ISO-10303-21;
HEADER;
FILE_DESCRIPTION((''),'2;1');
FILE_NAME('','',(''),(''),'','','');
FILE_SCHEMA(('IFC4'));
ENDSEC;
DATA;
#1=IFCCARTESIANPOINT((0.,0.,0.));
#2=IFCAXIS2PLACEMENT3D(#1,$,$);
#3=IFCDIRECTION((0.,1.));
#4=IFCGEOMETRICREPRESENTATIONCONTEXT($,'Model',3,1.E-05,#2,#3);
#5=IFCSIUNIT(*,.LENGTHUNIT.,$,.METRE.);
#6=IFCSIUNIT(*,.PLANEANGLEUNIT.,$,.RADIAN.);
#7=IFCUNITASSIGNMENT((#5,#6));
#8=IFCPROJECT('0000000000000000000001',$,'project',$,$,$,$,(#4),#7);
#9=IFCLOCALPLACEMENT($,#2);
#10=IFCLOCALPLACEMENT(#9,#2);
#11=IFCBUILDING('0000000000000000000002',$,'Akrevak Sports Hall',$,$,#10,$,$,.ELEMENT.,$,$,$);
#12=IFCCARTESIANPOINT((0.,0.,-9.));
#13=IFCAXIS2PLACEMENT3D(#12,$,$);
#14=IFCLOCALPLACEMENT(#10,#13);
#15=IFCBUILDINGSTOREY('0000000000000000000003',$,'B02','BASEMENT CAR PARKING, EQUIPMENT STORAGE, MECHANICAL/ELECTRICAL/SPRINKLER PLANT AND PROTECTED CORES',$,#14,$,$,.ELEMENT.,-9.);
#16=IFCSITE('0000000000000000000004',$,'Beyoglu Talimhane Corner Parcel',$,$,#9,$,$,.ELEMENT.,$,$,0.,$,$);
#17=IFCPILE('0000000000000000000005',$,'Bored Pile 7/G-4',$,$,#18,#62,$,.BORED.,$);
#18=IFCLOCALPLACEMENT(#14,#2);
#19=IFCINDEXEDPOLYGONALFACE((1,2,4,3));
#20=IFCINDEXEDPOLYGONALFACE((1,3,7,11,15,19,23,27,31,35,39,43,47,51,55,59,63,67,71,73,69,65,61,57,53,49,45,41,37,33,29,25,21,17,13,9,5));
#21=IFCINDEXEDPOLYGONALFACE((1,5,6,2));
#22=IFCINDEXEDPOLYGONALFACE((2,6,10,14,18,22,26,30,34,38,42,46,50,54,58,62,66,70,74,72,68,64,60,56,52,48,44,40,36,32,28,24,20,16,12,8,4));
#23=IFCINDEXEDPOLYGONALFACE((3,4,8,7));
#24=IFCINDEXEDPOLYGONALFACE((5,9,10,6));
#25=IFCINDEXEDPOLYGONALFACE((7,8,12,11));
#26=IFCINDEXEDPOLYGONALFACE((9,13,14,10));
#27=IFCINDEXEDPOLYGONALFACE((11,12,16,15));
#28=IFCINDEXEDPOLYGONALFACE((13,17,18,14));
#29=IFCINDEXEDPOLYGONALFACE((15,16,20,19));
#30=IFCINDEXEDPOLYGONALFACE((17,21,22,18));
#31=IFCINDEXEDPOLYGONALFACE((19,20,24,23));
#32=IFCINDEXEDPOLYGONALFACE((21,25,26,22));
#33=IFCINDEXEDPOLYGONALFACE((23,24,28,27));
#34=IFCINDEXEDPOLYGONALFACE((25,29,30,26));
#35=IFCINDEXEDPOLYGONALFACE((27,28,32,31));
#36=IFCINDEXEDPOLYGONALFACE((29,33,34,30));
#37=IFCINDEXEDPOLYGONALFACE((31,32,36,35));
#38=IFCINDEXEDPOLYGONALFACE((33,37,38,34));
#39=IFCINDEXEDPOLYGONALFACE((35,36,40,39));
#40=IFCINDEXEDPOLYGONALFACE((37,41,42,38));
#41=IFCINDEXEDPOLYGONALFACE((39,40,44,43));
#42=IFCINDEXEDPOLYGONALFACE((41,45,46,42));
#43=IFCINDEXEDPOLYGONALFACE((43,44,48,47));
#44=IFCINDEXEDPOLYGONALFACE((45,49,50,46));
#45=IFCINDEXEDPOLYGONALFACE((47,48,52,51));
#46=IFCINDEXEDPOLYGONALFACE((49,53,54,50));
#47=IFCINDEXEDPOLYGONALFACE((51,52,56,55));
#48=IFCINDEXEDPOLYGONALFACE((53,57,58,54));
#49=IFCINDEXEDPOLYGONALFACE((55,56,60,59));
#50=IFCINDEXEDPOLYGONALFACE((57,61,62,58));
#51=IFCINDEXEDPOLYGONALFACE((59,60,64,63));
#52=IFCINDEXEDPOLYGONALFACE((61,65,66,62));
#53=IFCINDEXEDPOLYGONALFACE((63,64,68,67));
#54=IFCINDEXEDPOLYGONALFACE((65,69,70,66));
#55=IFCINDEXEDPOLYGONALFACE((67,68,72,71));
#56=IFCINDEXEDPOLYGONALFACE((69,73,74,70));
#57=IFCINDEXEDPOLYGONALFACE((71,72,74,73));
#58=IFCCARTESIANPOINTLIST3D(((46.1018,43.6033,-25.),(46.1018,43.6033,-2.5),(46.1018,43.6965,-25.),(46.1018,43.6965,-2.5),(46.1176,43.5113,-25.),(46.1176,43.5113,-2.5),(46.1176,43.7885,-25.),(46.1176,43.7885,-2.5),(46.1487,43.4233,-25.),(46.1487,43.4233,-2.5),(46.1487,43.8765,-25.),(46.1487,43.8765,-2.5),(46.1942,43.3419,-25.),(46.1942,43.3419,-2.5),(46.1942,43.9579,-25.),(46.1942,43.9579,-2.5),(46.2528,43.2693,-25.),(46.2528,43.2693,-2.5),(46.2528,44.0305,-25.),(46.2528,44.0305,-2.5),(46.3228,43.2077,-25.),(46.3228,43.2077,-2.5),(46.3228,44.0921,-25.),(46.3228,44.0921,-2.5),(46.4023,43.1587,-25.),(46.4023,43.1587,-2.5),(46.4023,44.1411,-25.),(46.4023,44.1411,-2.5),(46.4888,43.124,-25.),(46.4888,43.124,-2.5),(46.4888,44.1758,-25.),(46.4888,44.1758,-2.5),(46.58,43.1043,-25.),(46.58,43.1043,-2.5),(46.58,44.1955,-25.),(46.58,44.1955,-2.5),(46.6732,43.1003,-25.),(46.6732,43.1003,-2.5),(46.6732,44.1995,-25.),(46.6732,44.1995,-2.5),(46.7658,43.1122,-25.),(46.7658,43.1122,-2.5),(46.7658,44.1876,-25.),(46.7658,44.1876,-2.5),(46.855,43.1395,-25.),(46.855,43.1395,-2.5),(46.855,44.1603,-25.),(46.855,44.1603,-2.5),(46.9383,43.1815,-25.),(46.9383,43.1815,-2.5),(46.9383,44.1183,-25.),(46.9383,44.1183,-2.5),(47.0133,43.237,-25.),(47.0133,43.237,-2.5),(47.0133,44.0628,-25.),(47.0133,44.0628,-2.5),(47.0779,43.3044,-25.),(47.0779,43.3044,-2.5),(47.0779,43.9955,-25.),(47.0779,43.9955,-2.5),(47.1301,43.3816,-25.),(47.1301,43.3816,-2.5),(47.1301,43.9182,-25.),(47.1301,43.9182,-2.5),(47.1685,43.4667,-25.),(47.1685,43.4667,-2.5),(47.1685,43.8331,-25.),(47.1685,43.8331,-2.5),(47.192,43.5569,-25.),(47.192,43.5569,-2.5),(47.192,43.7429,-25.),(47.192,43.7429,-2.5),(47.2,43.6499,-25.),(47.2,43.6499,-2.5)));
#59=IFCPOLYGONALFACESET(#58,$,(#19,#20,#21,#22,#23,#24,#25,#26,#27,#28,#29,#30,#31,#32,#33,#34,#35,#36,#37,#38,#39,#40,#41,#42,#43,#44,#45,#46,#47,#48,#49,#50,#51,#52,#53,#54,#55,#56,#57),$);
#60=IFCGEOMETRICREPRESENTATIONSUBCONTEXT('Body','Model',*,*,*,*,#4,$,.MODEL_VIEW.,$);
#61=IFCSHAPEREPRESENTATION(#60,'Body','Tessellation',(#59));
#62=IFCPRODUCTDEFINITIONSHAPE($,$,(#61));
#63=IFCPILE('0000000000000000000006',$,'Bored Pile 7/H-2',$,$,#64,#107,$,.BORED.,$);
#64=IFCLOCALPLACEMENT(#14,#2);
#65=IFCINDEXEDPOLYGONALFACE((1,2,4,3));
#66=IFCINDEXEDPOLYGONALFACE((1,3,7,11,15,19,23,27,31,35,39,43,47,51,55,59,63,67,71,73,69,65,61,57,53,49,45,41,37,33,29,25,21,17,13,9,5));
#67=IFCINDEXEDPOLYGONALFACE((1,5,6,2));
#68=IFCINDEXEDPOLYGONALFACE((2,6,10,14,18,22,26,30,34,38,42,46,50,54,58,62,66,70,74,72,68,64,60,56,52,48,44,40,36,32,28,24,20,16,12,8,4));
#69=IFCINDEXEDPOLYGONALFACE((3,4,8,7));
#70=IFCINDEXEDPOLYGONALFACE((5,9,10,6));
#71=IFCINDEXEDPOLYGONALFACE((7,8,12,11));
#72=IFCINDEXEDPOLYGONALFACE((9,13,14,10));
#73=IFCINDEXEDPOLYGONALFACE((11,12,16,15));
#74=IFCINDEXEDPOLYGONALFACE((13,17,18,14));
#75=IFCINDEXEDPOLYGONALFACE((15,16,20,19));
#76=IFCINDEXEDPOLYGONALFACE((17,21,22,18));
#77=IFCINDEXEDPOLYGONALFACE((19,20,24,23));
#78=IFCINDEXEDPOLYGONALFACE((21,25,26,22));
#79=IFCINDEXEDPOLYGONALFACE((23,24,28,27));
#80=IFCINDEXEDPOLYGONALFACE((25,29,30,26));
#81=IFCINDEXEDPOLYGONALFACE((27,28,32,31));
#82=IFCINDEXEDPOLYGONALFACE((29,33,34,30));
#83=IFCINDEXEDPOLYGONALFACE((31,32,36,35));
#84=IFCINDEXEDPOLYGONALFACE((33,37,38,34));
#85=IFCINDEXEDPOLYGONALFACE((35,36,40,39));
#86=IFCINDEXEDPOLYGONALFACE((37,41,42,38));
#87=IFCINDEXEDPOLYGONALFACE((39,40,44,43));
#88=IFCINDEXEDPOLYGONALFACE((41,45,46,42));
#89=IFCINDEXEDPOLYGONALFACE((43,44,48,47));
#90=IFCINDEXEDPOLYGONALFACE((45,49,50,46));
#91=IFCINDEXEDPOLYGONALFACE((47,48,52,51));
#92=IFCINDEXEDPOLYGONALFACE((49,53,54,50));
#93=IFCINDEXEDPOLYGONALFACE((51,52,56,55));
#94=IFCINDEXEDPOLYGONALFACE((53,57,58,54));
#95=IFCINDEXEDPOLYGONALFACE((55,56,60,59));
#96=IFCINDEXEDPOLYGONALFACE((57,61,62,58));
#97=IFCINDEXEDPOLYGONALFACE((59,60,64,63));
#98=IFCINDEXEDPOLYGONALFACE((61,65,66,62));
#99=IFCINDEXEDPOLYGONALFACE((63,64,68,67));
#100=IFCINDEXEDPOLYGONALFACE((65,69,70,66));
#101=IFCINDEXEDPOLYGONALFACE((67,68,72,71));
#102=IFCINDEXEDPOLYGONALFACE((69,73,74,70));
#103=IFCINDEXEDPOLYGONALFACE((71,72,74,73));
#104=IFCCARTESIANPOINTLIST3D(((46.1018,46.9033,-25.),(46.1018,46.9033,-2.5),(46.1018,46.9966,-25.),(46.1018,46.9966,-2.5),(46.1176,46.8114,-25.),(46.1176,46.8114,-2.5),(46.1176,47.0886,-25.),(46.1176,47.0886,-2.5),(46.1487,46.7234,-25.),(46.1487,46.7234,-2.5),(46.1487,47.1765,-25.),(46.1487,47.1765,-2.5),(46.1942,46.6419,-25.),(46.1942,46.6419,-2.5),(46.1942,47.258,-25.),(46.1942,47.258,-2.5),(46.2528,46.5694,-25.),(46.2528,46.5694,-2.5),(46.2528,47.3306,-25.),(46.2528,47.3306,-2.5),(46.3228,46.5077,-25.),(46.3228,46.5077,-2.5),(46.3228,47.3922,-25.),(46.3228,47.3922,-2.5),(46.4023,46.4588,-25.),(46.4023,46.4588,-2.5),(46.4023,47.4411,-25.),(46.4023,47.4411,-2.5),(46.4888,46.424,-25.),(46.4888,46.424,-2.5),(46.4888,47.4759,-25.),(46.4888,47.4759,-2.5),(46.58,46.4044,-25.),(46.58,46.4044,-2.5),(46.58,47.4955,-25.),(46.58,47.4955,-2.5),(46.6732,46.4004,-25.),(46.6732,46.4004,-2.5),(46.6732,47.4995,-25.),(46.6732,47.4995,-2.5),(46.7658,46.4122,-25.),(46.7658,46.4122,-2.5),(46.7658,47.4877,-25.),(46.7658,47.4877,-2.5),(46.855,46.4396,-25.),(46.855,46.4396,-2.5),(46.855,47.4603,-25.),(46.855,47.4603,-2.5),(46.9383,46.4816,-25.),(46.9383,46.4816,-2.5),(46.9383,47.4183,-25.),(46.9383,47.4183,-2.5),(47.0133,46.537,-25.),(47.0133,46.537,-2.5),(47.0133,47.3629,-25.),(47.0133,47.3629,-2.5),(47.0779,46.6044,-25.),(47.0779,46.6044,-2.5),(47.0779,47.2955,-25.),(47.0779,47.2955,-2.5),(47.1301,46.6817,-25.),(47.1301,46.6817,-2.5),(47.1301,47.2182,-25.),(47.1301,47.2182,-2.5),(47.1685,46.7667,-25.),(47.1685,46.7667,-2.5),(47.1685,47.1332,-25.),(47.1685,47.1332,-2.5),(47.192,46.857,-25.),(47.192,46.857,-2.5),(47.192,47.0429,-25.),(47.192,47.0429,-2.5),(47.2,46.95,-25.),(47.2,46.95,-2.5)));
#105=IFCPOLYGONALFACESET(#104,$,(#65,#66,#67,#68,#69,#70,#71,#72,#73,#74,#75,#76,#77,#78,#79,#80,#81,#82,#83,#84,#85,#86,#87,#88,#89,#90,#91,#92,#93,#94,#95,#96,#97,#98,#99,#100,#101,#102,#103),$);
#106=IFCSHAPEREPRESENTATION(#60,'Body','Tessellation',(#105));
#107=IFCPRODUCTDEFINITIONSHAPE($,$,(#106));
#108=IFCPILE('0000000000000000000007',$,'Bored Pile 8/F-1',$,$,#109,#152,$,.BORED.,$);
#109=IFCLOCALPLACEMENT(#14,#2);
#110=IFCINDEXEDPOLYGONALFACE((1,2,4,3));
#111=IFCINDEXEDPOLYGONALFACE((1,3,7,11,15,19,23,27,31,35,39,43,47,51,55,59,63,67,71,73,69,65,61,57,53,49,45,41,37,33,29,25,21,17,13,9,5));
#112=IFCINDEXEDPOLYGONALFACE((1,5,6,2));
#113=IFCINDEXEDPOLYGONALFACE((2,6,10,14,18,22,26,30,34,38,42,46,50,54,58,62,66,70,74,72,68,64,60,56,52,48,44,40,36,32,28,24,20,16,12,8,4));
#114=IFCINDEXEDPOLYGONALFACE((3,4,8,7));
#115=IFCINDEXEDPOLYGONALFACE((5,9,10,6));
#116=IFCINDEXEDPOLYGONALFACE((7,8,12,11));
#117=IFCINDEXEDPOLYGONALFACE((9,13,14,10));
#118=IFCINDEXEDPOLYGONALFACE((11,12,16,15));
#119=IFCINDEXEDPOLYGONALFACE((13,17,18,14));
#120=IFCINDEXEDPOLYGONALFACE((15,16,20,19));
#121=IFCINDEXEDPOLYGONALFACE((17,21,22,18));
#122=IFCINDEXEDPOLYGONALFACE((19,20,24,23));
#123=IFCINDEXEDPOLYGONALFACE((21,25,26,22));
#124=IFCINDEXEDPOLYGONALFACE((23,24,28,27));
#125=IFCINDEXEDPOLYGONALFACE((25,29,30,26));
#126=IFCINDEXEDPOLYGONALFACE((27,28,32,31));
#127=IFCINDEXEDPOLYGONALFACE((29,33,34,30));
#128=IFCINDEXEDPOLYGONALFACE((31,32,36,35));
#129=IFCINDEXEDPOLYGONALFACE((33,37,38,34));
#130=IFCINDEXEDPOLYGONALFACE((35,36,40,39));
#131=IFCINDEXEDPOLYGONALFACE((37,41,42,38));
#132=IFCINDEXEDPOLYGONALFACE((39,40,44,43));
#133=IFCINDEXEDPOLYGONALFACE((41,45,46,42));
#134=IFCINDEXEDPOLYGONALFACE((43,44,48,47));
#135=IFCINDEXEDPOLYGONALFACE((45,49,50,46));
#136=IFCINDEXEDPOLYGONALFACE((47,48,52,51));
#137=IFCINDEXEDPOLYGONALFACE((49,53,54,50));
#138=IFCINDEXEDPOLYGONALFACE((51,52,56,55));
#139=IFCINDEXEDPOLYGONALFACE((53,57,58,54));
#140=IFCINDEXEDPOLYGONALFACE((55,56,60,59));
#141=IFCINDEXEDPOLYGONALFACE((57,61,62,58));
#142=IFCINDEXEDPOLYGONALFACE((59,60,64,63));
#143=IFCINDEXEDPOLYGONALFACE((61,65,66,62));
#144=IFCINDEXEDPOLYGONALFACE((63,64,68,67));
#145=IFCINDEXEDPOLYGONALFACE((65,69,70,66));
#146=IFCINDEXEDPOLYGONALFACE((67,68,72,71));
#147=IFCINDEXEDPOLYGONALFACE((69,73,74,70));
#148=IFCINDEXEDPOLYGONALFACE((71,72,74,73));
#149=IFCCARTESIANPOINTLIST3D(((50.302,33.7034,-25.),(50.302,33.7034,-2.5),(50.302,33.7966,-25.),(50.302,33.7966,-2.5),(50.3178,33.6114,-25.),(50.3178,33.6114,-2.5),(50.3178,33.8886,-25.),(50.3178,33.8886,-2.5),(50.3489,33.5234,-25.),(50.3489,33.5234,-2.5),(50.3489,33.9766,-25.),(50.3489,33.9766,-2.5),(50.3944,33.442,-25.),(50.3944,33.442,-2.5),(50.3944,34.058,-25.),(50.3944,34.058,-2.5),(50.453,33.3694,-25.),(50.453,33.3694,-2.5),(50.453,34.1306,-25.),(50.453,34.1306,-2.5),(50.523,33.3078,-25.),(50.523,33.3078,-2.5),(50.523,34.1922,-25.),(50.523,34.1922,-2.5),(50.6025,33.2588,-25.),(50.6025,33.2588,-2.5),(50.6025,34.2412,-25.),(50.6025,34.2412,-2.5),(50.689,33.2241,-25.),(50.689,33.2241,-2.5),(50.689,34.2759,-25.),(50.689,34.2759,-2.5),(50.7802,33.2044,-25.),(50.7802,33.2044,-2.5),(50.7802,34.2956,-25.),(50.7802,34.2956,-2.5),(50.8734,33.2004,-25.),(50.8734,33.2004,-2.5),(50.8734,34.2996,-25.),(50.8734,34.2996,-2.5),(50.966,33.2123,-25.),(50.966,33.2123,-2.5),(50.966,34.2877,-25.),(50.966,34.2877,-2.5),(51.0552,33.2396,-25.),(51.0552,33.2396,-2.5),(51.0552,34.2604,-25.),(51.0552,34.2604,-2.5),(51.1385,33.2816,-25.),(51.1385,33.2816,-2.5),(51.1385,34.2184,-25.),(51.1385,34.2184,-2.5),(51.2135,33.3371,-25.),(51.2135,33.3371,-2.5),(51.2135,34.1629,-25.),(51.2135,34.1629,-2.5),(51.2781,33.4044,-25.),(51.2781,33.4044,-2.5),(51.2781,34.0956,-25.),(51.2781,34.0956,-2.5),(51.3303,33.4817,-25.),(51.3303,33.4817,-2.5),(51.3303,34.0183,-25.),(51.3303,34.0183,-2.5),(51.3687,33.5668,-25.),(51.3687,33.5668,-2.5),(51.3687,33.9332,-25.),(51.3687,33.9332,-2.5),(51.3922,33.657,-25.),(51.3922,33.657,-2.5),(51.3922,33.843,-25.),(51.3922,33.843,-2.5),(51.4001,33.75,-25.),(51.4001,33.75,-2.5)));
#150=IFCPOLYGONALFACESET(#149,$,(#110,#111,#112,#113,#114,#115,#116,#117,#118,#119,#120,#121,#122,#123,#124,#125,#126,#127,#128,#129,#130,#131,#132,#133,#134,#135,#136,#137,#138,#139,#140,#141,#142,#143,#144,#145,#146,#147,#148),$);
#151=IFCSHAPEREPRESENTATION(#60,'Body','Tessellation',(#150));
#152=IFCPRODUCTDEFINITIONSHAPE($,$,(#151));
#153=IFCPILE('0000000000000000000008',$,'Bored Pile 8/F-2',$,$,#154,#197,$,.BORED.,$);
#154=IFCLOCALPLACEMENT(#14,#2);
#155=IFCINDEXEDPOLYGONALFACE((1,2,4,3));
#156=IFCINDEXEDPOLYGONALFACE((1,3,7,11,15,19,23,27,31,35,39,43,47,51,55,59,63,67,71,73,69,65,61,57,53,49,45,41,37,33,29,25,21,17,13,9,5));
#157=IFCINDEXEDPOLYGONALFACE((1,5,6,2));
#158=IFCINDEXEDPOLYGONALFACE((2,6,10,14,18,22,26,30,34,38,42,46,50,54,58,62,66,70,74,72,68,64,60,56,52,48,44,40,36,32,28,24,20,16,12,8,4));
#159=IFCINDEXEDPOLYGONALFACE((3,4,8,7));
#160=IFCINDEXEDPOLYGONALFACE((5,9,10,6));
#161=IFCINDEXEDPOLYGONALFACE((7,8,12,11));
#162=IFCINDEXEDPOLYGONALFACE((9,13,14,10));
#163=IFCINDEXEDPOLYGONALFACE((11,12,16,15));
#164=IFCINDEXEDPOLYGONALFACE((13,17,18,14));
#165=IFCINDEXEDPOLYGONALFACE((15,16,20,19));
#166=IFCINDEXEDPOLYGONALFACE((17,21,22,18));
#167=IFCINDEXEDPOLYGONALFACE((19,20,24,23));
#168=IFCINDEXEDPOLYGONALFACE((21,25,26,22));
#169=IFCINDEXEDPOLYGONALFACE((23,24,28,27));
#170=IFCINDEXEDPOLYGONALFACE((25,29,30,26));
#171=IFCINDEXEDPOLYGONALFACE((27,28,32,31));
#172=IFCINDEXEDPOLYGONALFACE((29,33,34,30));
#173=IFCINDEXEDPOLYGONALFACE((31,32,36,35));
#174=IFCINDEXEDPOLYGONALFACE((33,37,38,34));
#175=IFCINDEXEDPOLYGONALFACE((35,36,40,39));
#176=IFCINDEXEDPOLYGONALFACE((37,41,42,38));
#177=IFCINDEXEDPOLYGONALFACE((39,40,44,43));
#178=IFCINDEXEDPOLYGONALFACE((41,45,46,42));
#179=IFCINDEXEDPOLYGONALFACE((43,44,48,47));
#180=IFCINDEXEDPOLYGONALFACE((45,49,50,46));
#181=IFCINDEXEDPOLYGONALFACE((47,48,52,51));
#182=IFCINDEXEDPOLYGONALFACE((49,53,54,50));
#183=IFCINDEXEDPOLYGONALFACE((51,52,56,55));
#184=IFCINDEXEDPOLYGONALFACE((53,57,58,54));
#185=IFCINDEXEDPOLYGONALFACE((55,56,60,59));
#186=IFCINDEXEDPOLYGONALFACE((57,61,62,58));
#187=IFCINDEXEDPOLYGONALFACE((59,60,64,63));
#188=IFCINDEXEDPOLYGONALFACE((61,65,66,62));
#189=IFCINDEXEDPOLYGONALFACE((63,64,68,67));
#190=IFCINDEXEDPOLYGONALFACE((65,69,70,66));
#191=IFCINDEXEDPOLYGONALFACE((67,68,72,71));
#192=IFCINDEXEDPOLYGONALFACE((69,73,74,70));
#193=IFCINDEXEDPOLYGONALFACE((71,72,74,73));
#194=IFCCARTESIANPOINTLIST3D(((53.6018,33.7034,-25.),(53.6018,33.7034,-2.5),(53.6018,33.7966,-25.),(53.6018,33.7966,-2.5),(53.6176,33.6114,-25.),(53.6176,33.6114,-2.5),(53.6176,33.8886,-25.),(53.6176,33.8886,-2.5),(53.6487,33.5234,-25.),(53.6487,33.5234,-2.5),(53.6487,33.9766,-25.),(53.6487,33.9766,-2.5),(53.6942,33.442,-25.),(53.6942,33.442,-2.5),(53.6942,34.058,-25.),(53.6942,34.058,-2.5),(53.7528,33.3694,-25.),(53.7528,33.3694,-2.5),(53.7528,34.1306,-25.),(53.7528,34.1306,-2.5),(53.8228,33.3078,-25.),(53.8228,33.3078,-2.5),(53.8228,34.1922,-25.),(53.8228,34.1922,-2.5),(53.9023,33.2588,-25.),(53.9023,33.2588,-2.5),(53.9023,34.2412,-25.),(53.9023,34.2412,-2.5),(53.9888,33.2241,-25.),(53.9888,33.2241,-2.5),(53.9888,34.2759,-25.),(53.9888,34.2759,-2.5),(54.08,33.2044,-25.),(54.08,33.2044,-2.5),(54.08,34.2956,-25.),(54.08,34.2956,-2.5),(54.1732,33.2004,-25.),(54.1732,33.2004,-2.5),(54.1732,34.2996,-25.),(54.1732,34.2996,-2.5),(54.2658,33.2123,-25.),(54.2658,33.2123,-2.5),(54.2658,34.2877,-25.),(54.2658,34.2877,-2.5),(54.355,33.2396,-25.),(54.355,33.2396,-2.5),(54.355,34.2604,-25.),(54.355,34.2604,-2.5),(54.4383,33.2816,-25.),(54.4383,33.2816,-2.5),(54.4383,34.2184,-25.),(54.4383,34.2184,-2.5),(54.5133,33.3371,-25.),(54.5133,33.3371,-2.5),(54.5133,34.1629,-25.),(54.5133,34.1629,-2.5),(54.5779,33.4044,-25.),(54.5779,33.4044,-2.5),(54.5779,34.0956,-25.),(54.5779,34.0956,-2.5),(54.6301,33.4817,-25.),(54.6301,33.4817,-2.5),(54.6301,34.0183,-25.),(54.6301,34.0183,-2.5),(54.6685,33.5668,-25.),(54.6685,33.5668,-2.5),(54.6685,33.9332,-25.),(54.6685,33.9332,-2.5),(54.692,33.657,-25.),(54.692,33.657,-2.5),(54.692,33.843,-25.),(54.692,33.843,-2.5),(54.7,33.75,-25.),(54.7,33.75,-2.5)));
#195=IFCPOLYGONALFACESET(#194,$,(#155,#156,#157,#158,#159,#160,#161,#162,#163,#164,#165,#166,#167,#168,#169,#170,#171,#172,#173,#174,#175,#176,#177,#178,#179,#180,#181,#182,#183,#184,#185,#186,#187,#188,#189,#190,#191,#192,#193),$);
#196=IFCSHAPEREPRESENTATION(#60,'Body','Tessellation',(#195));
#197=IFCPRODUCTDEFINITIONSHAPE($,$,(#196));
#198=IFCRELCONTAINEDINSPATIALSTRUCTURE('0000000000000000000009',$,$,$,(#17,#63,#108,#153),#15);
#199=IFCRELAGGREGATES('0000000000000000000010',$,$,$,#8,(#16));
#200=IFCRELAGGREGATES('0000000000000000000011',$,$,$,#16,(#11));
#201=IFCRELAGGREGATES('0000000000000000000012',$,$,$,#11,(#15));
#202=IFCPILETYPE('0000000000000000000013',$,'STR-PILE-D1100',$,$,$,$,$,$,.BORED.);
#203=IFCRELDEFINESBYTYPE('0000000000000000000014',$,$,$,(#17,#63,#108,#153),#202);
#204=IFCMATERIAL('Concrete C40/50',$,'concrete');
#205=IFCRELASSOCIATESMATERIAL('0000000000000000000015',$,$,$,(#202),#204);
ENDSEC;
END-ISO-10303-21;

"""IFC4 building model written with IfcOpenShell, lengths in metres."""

from ifc_helpers import new_model, si_unit, direction, frame, origin, origin_2d, place, context, subcontext, project, spatial, circle, extrude, material, material_profile, profile_set, type_object, element, save


model = new_model("IFC4")

# Units and contexts
model_context = context("Model", 3, precision=1e-05, world=origin(), true_north=direction((0.0, 1.0)))
body_context = subcontext(model_context, "Body", "Model", "MODEL_VIEW")
ifc_project = project(units=[si_unit("LENGTHUNIT", "METRE"), si_unit("PLANEANGLEUNIT", "RADIAN")], contexts=[model_context])

# Site, building, storey
site_placement = place(None, origin())
site = spatial("IfcSite", under=ifc_project, at=site_placement, Name="Beyoglu Talimhane Corner Parcel", CompositionType="ELEMENT", RefElevation=0.0)
building_placement = place(site_placement, origin())
building = spatial("IfcBuilding", under=site, at=building_placement, Name="Akrevak Sports Hall", CompositionType="ELEMENT")
storey_placement = place(building_placement, frame((0.0, 0.0, -9.0)))
storey = spatial("IfcBuildingStorey", under=building, at=storey_placement, Name="B02", Description="BASEMENT CAR PARKING, EQUIPMENT STORAGE, MECHANICAL/ELECTRICAL/SPRINKLER PLANT AND PROTECTED CORES", CompositionType="ELEMENT", Elevation=-9.0)

# Shared definitions
ifc_material_1 = material(Name="Concrete C40/50", Category="concrete")

# Piles
ifc_material_profile_1 = material_profile(ifc_material_1, circle(Radius=0.55, at=origin_2d()), Name="BORED PILE D1100", Category="concrete")
ifc_profile_set_1 = profile_set([ifc_material_profile_1], Name="Concrete C40/50")
pile_type = type_object("IfcPileType", Name="STR-PILE-D1100", PredefinedType="BORED", material=ifc_profile_set_1)
for number, where, z_axis, x_axis, name in (
    (1, (46.6499, 43.6499, -2.5), (0.0, 0.0, -1.0), (1.0, 0.0, 0.0), "Bored Pile 7/G-4"),
    (2, (46.6499, 46.95, -2.5), (0.0, 0.0, -1.0), (1.0, 0.0, 0.0), "Bored Pile 7/H-2"),
    (3, (50.8501, 33.75, -2.5), (0.0, 0.0, -1.0), (1.0, 0.0, 0.0), "Bored Pile 8/F-1"),
    (4, (54.1499, 33.75, -2.5), (0.0, 0.0, -1.0), (1.0, 0.0, 0.0), "Bored Pile 8/F-2"),
):
    element("IfcPile", number, at=place(storey_placement, frame(where, z_axis=z_axis, x_axis=x_axis)), inside=storey, type_object=pile_type, Name=name, PredefinedType="BORED", context=body_context, shape_type="SweptSolid", body=[
        extrude(circle(Radius=0.55, at=origin_2d()), origin(), (0.0, 0.0, 1.0), 22.5),
    ])

save(model, "model.ifc")
